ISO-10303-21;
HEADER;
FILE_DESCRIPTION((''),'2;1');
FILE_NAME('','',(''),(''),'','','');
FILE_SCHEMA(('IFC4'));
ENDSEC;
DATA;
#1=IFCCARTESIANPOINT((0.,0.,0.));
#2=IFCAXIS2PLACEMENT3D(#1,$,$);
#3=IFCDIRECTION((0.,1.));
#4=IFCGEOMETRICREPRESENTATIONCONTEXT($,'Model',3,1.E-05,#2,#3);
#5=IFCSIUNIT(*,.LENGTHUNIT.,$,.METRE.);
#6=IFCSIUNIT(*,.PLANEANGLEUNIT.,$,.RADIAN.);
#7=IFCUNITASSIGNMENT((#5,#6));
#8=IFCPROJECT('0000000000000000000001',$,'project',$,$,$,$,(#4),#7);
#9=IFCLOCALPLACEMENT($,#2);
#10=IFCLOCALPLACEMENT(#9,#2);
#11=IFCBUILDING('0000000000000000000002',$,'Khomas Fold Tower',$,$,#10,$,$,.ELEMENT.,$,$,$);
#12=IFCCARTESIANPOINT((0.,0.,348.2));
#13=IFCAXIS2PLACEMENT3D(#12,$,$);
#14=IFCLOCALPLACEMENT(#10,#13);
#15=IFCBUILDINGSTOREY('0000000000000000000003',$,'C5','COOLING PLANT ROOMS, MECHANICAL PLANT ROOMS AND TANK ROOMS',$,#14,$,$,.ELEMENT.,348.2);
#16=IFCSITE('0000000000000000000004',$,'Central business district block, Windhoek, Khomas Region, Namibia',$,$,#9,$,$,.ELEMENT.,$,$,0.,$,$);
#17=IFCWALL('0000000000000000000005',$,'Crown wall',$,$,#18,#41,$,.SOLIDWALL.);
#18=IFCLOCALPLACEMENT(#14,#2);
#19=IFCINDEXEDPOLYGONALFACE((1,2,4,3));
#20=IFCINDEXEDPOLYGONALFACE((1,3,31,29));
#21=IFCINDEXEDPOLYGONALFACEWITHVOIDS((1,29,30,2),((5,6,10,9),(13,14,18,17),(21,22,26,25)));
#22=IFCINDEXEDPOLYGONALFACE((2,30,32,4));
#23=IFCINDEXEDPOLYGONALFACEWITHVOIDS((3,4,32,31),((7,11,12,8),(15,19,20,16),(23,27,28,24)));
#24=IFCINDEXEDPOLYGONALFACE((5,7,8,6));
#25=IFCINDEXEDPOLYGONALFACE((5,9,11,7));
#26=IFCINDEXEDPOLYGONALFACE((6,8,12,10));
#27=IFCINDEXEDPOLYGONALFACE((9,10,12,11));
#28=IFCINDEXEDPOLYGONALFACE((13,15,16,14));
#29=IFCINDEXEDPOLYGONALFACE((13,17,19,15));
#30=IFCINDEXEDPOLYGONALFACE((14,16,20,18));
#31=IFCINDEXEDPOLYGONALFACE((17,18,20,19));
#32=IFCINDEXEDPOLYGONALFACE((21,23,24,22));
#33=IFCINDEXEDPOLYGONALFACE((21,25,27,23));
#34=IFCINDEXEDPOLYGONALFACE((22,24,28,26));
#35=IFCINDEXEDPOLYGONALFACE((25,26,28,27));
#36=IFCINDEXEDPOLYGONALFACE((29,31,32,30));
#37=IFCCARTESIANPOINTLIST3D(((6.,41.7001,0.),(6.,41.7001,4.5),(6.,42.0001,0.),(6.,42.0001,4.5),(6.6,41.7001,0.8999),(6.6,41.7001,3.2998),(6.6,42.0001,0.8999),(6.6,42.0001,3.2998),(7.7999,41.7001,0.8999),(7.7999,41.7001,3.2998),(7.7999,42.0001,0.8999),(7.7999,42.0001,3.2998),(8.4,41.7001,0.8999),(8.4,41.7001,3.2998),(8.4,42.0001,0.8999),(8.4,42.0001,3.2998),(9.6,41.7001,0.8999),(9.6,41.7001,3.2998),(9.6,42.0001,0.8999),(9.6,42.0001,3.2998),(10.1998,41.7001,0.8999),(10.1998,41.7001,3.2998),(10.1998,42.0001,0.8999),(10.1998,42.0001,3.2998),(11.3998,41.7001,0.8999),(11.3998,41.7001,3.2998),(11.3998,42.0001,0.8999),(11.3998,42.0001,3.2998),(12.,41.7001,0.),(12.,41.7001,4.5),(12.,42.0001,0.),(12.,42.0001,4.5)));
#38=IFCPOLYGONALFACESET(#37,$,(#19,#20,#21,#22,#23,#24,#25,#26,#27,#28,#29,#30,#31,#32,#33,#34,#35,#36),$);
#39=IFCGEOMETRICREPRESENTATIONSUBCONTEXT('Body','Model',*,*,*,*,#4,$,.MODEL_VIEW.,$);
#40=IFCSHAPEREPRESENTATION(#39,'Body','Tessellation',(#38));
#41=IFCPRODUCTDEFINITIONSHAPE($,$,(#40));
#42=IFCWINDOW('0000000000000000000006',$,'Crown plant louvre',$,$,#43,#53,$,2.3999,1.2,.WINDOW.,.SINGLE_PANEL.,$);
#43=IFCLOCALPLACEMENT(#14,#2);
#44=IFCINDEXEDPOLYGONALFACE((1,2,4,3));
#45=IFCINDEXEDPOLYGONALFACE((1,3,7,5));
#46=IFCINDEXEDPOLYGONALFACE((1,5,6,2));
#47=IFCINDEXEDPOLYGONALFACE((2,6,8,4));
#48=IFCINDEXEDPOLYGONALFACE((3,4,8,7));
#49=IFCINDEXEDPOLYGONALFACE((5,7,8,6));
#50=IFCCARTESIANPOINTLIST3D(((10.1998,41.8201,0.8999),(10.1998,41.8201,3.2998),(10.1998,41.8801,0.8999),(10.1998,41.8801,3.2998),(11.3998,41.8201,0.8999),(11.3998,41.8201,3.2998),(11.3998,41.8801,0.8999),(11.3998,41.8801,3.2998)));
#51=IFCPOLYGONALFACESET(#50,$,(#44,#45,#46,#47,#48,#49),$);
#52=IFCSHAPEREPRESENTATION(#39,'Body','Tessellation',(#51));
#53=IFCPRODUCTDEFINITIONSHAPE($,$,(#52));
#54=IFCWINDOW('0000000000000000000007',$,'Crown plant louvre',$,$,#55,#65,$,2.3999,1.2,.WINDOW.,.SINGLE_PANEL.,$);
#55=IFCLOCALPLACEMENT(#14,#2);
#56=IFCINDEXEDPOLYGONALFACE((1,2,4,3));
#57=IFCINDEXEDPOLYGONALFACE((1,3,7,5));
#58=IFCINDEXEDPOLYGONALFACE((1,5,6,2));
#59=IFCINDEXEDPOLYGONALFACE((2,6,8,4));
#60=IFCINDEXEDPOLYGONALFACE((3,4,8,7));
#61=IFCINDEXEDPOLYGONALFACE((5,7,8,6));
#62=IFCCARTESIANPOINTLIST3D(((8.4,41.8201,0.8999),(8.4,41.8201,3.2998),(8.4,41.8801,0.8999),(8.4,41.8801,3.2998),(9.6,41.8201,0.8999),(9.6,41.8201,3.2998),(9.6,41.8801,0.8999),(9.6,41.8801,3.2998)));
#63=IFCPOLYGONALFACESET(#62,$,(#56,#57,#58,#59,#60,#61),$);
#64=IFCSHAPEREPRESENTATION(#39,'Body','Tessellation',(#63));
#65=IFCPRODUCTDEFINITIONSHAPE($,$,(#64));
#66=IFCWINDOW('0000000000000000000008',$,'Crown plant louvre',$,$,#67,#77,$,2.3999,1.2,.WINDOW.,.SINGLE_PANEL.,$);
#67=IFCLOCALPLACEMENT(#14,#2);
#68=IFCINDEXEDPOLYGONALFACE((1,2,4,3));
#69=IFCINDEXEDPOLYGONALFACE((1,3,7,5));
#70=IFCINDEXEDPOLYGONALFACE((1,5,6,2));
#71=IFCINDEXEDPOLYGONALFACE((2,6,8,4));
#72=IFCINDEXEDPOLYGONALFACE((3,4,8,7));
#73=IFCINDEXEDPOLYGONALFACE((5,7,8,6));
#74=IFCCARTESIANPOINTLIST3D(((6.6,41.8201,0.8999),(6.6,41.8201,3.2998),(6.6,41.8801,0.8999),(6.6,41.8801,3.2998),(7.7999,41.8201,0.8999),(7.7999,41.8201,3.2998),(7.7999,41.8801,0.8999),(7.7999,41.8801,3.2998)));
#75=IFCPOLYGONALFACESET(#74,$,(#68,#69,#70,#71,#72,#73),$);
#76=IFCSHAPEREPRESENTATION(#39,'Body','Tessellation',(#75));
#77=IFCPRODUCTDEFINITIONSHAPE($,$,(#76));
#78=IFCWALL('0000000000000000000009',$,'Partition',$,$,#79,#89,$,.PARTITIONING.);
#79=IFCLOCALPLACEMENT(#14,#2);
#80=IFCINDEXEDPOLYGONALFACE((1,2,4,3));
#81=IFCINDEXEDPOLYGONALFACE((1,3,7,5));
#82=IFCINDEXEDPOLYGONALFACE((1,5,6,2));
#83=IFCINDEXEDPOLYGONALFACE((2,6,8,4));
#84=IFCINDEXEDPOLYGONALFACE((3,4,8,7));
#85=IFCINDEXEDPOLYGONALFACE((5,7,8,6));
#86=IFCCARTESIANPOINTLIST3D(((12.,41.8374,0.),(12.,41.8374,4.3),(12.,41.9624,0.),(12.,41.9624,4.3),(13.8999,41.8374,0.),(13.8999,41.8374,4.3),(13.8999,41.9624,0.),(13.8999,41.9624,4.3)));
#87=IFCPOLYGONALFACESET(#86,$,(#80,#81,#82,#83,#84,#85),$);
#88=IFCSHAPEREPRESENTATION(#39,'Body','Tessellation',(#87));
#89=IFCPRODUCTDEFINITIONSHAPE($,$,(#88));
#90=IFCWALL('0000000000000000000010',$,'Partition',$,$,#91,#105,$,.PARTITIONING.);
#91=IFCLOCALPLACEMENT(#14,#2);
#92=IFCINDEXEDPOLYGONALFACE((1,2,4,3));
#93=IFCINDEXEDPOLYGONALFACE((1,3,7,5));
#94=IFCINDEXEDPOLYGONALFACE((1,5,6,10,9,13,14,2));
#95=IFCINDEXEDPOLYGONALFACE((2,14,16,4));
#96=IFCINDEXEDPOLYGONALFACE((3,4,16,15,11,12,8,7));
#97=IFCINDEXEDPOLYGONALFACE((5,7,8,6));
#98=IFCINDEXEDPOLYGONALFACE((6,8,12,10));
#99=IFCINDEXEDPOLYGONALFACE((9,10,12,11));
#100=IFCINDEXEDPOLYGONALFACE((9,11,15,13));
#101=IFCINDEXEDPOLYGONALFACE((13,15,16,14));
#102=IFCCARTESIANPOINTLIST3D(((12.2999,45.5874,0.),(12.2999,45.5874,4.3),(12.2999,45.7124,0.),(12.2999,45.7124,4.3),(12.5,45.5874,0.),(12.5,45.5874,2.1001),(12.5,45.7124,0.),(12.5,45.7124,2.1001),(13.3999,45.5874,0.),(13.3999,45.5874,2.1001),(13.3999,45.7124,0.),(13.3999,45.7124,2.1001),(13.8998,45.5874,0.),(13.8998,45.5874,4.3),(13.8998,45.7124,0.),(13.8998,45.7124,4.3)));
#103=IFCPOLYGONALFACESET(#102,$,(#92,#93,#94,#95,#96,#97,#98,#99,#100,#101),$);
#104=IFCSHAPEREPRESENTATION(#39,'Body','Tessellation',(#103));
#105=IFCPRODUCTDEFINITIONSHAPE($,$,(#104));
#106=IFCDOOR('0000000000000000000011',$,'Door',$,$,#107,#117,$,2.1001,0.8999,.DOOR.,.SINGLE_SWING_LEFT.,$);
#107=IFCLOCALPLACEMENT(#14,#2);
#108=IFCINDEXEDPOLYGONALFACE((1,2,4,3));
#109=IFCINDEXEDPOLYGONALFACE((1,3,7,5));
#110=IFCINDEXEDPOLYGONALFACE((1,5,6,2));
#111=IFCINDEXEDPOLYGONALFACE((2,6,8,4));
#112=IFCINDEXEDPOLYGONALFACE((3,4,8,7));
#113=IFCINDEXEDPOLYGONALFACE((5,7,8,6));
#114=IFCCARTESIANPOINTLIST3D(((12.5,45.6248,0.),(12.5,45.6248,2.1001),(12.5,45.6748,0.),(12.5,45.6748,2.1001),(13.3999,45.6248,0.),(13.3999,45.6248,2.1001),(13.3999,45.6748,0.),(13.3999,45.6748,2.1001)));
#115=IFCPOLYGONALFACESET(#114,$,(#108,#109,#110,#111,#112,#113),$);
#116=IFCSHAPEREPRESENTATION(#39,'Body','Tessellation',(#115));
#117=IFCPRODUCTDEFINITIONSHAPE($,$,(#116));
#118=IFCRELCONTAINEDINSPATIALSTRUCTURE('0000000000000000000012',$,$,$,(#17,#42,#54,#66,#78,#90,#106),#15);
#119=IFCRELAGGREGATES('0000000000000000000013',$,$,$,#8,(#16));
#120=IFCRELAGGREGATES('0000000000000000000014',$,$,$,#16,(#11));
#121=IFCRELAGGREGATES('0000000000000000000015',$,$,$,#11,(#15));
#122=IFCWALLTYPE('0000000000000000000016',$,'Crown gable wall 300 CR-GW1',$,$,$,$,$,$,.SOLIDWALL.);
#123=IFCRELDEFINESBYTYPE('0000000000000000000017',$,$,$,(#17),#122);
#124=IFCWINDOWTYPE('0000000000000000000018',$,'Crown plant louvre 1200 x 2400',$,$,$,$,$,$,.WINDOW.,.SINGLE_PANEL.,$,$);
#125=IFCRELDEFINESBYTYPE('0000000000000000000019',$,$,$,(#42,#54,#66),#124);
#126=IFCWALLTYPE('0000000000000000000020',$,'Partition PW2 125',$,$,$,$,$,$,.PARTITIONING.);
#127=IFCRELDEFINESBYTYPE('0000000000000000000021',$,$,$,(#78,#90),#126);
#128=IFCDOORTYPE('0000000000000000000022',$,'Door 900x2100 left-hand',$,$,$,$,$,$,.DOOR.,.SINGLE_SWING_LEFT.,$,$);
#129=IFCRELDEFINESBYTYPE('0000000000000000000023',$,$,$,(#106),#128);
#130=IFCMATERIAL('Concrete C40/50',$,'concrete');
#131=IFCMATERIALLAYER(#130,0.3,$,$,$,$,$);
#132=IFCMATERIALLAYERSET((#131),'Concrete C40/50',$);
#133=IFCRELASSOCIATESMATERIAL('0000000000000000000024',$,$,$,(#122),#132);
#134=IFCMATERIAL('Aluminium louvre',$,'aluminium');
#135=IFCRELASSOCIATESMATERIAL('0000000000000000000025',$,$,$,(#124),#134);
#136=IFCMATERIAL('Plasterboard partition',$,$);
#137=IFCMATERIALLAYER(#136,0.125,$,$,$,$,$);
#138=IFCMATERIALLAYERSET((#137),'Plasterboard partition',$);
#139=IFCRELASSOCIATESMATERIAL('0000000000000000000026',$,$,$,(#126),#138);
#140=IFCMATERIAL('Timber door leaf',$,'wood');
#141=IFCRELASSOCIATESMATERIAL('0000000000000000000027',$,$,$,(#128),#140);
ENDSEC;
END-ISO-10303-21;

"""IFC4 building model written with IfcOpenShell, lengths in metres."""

from ifc_helpers import new_model, si_unit, direction, frame, frame_2d, origin, place, context, subcontext, project, spatial, rectangle, extrude, source, transform, mapped, material, layer, layer_set, type_object, element, fill, save


model = new_model("IFC4")

# Units and contexts
model_context = context("Model", 3, precision=1e-05, world=origin(), true_north=direction((0.0, 1.0)))
body_context = subcontext(model_context, "Body", "Model", "MODEL_VIEW")
ifc_project = project(units=[si_unit("LENGTHUNIT", "METRE"), si_unit("PLANEANGLEUNIT", "RADIAN")], contexts=[model_context])

# Site, building, storey
site_placement = place(None, origin())
site = spatial("IfcSite", under=ifc_project, at=site_placement, Name="Central business district block, Windhoek, Khomas Region, Namibia", CompositionType="ELEMENT", RefElevation=0.0)
building_placement = place(site_placement, origin())
building = spatial("IfcBuilding", under=site, at=building_placement, Name="Khomas Fold Tower", CompositionType="ELEMENT")
storey_placement = place(building_placement, frame((0.0, 0.0, 348.2)))
storey = spatial("IfcBuildingStorey", under=building, at=storey_placement, Name="C5", Description="COOLING PLANT ROOMS, MECHANICAL PLANT ROOMS AND TANK ROOMS", CompositionType="ELEMENT", Elevation=348.2)

# Wall, openings, windows
ifc_material_1 = material(Name="Concrete C40/50", Category="concrete")
ifc_layer_1 = layer(ifc_material_1, 0.3)
ifc_layer_set_1 = layer_set([ifc_layer_1], Name="Concrete C40/50")
wall_type_1 = type_object("IfcWallType", Name="Crown gable wall 300 CR-GW1", PredefinedType="SOLIDWALL", material=ifc_layer_set_1)
shared_shape_1 = source(origin(), body_context, "Body", "SweptSolid", [
    extrude(rectangle(XDim=1.2, YDim=2.3999, at=frame_2d((0.6001, 1.2))), frame((0.0, 0.1599, 0.0), z_axis=(0.0, -1.0, 0.0), x_axis=(1.0, 0.0, 0.0)), (0.0, 0.0, 1.0), 0.3201),
])
ifc_material_2 = material(Name="Aluminium louvre", Category="aluminium")
window_type = type_object("IfcWindowType", Name="Crown plant louvre 1200 x 2400", PartitioningType="SINGLE_PANEL", PredefinedType="WINDOW", material=ifc_material_2)
shared_shape_2 = source(origin(), body_context, "Body", "SweptSolid", [
    extrude(rectangle(XDim=1.2, YDim=2.3999, at=frame_2d((0.6001, 1.2))), frame((0.0, 0.03, 0.0), z_axis=(0.0, -1.0, 0.0), x_axis=(1.0, 0.0, 0.0)), (0.0, 0.0, 1.0), 0.0601),
])
shared_shape_3 = source(origin(), body_context, "Body", "SweptSolid", [
    extrude(rectangle(XDim=6.0, YDim=0.3, at=frame_2d((3.0, 0.0))), origin(), (0.0, 0.0, 1.0), 4.5),
])
wall_1_placement = place(storey_placement, frame((12.0, 41.8501, 0.0), z_axis=(0.0, 0.0, 1.0), x_axis=(-1.0, 0.0, 0.0)))
wall_1 = element("IfcWall", 1, at=wall_1_placement, inside=storey, type_object=wall_type_1, Name="Crown wall", PredefinedType="SOLIDWALL", context=body_context, shape_type="MappedRepresentation", body=[
    mapped(shared_shape_3, transform((0.0, 0.0, 0.0))),
])
opening_1_placement = place(wall_1_placement, frame((0.6001, 0.0, 0.8999)))
opening_1 = element("IfcOpeningElement", 2, at=opening_1_placement, cuts=wall_1, PredefinedType="OPENING", context=body_context, shape_type="MappedRepresentation", body=[
    mapped(shared_shape_1, transform((0.0, 0.0, 0.0))),
])
opening_2_placement = place(wall_1_placement, frame((2.3999, 0.0, 0.8999)))
opening_2 = element("IfcOpeningElement", 3, at=opening_2_placement, cuts=wall_1, PredefinedType="OPENING", context=body_context, shape_type="MappedRepresentation", body=[
    mapped(shared_shape_1, transform((0.0, 0.0, 0.0))),
])
opening_3_placement = place(wall_1_placement, frame((4.2, 0.0, 0.8999)))
opening_3 = element("IfcOpeningElement", 4, at=opening_3_placement, cuts=wall_1, PredefinedType="OPENING", context=body_context, shape_type="MappedRepresentation", body=[
    mapped(shared_shape_1, transform((0.0, 0.0, 0.0))),
])
window_1_placement = place(opening_1_placement, origin())
window_1 = element("IfcWindow", 5, at=window_1_placement, inside=storey, type_object=window_type, Name="Crown plant louvre", OverallHeight=2.3999, OverallWidth=1.2, PartitioningType="SINGLE_PANEL", PredefinedType="WINDOW", context=body_context, shape_type="MappedRepresentation", body=[
    mapped(shared_shape_2, transform((0.0, 0.0, 0.0))),
])
fill(opening_1, window_1)
window_2_placement = place(opening_2_placement, origin())
window_2 = element("IfcWindow", 6, at=window_2_placement, inside=storey, type_object=window_type, Name="Crown plant louvre", OverallHeight=2.3999, OverallWidth=1.2, PartitioningType="SINGLE_PANEL", PredefinedType="WINDOW", context=body_context, shape_type="MappedRepresentation", body=[
    mapped(shared_shape_2, transform((0.0, 0.0, 0.0))),
])
fill(opening_2, window_2)
window_3_placement = place(opening_3_placement, origin())
window_3 = element("IfcWindow", 7, at=window_3_placement, inside=storey, type_object=window_type, Name="Crown plant louvre", OverallHeight=2.3999, OverallWidth=1.2, PartitioningType="SINGLE_PANEL", PredefinedType="WINDOW", context=body_context, shape_type="MappedRepresentation", body=[
    mapped(shared_shape_2, transform((0.0, 0.0, 0.0))),
])
fill(opening_3, window_3)

# Wall
ifc_material_3 = material(Name="Plasterboard partition")
ifc_layer_2 = layer(ifc_material_3, 0.125)
ifc_layer_set_2 = layer_set([ifc_layer_2], Name="Plasterboard partition")
wall_type_2 = type_object("IfcWallType", Name="Partition PW2 125", PredefinedType="PARTITIONING", material=ifc_layer_set_2)
shared_shape_4 = source(origin(), body_context, "Body", "SweptSolid", [
    extrude(rectangle(XDim=1.8999, YDim=0.125, at=frame_2d((0.95, 0.0))), origin(), (0.0, 0.0, 1.0), 4.3),
])
wall_2_placement = place(storey_placement, frame((12.0, 41.8999, 0.0), z_axis=(0.0, 0.0, 1.0), x_axis=(1.0, 0.0, 0.0)))
element("IfcWall", 8, at=wall_2_placement, inside=storey, type_object=wall_type_2, Name="Partition", PredefinedType="PARTITIONING", context=body_context, shape_type="MappedRepresentation", body=[
    mapped(shared_shape_4, transform((0.0, 0.0, 0.0))),
])

# Wall, opening, door
shared_shape_5 = source(origin(), body_context, "Body", "SweptSolid", [
    extrude(rectangle(XDim=1.5999, YDim=0.125, at=frame_2d((0.7998, 0.0))), origin(), (0.0, 0.0, 1.0), 4.3),
])
wall_3_placement = place(storey_placement, frame((12.3, 45.6499, 0.0), z_axis=(0.0, 0.0, 1.0), x_axis=(1.0, 0.0, 0.0)))
wall_3 = element("IfcWall", 9, at=wall_3_placement, inside=storey, type_object=wall_type_2, Name="Partition", PredefinedType="PARTITIONING", context=body_context, shape_type="MappedRepresentation", body=[
    mapped(shared_shape_5, transform((0.0, 0.0, 0.0))),
])
shared_shape_6 = source(origin(), body_context, "Body", "SweptSolid", [
    extrude(rectangle(XDim=0.8999, YDim=2.1001, at=frame_2d((0.45, 1.05))), frame((0.0, 0.0725, 0.0), z_axis=(0.0, -1.0, 0.0), x_axis=(1.0, 0.0, 0.0)), (0.0, 0.0, 1.0), 0.145),
])
opening_4_placement = place(wall_3_placement, frame((0.2, 0.0, 0.0)))
opening_4 = element("IfcOpeningElement", 10, at=opening_4_placement, cuts=wall_3, PredefinedType="OPENING", context=body_context, shape_type="MappedRepresentation", body=[
    mapped(shared_shape_6, transform((0.0, 0.0, 0.0))),
])
ifc_material_4 = material(Name="Timber door leaf", Category="wood")
door_type_1 = type_object("IfcDoorType", Name="Door 900x2100 left-hand", OperationType="SINGLE_SWING_LEFT", PredefinedType="DOOR", material=ifc_material_4)
shared_shape_7 = source(origin(), body_context, "Body", "SweptSolid", [
    extrude(rectangle(XDim=0.8999, YDim=2.1001, at=frame_2d((0.45, 1.05))), frame((0.0, 0.0249, 0.0), z_axis=(0.0, -1.0, 0.0), x_axis=(1.0, 0.0, 0.0)), (0.0, 0.0, 1.0), 0.05),
])
door_1_placement = place(opening_4_placement, origin())
door_1 = element("IfcDoor", 11, at=door_1_placement, inside=storey, type_object=door_type_1, Name="Door", OperationType="SINGLE_SWING_LEFT", OverallHeight=2.1001, OverallWidth=0.8999, PredefinedType="DOOR", context=body_context, shape_type="MappedRepresentation", body=[
    mapped(shared_shape_7, transform((0.0, 0.0, 0.0))),
])
fill(opening_4, door_1)

save(model, "model.ifc")
